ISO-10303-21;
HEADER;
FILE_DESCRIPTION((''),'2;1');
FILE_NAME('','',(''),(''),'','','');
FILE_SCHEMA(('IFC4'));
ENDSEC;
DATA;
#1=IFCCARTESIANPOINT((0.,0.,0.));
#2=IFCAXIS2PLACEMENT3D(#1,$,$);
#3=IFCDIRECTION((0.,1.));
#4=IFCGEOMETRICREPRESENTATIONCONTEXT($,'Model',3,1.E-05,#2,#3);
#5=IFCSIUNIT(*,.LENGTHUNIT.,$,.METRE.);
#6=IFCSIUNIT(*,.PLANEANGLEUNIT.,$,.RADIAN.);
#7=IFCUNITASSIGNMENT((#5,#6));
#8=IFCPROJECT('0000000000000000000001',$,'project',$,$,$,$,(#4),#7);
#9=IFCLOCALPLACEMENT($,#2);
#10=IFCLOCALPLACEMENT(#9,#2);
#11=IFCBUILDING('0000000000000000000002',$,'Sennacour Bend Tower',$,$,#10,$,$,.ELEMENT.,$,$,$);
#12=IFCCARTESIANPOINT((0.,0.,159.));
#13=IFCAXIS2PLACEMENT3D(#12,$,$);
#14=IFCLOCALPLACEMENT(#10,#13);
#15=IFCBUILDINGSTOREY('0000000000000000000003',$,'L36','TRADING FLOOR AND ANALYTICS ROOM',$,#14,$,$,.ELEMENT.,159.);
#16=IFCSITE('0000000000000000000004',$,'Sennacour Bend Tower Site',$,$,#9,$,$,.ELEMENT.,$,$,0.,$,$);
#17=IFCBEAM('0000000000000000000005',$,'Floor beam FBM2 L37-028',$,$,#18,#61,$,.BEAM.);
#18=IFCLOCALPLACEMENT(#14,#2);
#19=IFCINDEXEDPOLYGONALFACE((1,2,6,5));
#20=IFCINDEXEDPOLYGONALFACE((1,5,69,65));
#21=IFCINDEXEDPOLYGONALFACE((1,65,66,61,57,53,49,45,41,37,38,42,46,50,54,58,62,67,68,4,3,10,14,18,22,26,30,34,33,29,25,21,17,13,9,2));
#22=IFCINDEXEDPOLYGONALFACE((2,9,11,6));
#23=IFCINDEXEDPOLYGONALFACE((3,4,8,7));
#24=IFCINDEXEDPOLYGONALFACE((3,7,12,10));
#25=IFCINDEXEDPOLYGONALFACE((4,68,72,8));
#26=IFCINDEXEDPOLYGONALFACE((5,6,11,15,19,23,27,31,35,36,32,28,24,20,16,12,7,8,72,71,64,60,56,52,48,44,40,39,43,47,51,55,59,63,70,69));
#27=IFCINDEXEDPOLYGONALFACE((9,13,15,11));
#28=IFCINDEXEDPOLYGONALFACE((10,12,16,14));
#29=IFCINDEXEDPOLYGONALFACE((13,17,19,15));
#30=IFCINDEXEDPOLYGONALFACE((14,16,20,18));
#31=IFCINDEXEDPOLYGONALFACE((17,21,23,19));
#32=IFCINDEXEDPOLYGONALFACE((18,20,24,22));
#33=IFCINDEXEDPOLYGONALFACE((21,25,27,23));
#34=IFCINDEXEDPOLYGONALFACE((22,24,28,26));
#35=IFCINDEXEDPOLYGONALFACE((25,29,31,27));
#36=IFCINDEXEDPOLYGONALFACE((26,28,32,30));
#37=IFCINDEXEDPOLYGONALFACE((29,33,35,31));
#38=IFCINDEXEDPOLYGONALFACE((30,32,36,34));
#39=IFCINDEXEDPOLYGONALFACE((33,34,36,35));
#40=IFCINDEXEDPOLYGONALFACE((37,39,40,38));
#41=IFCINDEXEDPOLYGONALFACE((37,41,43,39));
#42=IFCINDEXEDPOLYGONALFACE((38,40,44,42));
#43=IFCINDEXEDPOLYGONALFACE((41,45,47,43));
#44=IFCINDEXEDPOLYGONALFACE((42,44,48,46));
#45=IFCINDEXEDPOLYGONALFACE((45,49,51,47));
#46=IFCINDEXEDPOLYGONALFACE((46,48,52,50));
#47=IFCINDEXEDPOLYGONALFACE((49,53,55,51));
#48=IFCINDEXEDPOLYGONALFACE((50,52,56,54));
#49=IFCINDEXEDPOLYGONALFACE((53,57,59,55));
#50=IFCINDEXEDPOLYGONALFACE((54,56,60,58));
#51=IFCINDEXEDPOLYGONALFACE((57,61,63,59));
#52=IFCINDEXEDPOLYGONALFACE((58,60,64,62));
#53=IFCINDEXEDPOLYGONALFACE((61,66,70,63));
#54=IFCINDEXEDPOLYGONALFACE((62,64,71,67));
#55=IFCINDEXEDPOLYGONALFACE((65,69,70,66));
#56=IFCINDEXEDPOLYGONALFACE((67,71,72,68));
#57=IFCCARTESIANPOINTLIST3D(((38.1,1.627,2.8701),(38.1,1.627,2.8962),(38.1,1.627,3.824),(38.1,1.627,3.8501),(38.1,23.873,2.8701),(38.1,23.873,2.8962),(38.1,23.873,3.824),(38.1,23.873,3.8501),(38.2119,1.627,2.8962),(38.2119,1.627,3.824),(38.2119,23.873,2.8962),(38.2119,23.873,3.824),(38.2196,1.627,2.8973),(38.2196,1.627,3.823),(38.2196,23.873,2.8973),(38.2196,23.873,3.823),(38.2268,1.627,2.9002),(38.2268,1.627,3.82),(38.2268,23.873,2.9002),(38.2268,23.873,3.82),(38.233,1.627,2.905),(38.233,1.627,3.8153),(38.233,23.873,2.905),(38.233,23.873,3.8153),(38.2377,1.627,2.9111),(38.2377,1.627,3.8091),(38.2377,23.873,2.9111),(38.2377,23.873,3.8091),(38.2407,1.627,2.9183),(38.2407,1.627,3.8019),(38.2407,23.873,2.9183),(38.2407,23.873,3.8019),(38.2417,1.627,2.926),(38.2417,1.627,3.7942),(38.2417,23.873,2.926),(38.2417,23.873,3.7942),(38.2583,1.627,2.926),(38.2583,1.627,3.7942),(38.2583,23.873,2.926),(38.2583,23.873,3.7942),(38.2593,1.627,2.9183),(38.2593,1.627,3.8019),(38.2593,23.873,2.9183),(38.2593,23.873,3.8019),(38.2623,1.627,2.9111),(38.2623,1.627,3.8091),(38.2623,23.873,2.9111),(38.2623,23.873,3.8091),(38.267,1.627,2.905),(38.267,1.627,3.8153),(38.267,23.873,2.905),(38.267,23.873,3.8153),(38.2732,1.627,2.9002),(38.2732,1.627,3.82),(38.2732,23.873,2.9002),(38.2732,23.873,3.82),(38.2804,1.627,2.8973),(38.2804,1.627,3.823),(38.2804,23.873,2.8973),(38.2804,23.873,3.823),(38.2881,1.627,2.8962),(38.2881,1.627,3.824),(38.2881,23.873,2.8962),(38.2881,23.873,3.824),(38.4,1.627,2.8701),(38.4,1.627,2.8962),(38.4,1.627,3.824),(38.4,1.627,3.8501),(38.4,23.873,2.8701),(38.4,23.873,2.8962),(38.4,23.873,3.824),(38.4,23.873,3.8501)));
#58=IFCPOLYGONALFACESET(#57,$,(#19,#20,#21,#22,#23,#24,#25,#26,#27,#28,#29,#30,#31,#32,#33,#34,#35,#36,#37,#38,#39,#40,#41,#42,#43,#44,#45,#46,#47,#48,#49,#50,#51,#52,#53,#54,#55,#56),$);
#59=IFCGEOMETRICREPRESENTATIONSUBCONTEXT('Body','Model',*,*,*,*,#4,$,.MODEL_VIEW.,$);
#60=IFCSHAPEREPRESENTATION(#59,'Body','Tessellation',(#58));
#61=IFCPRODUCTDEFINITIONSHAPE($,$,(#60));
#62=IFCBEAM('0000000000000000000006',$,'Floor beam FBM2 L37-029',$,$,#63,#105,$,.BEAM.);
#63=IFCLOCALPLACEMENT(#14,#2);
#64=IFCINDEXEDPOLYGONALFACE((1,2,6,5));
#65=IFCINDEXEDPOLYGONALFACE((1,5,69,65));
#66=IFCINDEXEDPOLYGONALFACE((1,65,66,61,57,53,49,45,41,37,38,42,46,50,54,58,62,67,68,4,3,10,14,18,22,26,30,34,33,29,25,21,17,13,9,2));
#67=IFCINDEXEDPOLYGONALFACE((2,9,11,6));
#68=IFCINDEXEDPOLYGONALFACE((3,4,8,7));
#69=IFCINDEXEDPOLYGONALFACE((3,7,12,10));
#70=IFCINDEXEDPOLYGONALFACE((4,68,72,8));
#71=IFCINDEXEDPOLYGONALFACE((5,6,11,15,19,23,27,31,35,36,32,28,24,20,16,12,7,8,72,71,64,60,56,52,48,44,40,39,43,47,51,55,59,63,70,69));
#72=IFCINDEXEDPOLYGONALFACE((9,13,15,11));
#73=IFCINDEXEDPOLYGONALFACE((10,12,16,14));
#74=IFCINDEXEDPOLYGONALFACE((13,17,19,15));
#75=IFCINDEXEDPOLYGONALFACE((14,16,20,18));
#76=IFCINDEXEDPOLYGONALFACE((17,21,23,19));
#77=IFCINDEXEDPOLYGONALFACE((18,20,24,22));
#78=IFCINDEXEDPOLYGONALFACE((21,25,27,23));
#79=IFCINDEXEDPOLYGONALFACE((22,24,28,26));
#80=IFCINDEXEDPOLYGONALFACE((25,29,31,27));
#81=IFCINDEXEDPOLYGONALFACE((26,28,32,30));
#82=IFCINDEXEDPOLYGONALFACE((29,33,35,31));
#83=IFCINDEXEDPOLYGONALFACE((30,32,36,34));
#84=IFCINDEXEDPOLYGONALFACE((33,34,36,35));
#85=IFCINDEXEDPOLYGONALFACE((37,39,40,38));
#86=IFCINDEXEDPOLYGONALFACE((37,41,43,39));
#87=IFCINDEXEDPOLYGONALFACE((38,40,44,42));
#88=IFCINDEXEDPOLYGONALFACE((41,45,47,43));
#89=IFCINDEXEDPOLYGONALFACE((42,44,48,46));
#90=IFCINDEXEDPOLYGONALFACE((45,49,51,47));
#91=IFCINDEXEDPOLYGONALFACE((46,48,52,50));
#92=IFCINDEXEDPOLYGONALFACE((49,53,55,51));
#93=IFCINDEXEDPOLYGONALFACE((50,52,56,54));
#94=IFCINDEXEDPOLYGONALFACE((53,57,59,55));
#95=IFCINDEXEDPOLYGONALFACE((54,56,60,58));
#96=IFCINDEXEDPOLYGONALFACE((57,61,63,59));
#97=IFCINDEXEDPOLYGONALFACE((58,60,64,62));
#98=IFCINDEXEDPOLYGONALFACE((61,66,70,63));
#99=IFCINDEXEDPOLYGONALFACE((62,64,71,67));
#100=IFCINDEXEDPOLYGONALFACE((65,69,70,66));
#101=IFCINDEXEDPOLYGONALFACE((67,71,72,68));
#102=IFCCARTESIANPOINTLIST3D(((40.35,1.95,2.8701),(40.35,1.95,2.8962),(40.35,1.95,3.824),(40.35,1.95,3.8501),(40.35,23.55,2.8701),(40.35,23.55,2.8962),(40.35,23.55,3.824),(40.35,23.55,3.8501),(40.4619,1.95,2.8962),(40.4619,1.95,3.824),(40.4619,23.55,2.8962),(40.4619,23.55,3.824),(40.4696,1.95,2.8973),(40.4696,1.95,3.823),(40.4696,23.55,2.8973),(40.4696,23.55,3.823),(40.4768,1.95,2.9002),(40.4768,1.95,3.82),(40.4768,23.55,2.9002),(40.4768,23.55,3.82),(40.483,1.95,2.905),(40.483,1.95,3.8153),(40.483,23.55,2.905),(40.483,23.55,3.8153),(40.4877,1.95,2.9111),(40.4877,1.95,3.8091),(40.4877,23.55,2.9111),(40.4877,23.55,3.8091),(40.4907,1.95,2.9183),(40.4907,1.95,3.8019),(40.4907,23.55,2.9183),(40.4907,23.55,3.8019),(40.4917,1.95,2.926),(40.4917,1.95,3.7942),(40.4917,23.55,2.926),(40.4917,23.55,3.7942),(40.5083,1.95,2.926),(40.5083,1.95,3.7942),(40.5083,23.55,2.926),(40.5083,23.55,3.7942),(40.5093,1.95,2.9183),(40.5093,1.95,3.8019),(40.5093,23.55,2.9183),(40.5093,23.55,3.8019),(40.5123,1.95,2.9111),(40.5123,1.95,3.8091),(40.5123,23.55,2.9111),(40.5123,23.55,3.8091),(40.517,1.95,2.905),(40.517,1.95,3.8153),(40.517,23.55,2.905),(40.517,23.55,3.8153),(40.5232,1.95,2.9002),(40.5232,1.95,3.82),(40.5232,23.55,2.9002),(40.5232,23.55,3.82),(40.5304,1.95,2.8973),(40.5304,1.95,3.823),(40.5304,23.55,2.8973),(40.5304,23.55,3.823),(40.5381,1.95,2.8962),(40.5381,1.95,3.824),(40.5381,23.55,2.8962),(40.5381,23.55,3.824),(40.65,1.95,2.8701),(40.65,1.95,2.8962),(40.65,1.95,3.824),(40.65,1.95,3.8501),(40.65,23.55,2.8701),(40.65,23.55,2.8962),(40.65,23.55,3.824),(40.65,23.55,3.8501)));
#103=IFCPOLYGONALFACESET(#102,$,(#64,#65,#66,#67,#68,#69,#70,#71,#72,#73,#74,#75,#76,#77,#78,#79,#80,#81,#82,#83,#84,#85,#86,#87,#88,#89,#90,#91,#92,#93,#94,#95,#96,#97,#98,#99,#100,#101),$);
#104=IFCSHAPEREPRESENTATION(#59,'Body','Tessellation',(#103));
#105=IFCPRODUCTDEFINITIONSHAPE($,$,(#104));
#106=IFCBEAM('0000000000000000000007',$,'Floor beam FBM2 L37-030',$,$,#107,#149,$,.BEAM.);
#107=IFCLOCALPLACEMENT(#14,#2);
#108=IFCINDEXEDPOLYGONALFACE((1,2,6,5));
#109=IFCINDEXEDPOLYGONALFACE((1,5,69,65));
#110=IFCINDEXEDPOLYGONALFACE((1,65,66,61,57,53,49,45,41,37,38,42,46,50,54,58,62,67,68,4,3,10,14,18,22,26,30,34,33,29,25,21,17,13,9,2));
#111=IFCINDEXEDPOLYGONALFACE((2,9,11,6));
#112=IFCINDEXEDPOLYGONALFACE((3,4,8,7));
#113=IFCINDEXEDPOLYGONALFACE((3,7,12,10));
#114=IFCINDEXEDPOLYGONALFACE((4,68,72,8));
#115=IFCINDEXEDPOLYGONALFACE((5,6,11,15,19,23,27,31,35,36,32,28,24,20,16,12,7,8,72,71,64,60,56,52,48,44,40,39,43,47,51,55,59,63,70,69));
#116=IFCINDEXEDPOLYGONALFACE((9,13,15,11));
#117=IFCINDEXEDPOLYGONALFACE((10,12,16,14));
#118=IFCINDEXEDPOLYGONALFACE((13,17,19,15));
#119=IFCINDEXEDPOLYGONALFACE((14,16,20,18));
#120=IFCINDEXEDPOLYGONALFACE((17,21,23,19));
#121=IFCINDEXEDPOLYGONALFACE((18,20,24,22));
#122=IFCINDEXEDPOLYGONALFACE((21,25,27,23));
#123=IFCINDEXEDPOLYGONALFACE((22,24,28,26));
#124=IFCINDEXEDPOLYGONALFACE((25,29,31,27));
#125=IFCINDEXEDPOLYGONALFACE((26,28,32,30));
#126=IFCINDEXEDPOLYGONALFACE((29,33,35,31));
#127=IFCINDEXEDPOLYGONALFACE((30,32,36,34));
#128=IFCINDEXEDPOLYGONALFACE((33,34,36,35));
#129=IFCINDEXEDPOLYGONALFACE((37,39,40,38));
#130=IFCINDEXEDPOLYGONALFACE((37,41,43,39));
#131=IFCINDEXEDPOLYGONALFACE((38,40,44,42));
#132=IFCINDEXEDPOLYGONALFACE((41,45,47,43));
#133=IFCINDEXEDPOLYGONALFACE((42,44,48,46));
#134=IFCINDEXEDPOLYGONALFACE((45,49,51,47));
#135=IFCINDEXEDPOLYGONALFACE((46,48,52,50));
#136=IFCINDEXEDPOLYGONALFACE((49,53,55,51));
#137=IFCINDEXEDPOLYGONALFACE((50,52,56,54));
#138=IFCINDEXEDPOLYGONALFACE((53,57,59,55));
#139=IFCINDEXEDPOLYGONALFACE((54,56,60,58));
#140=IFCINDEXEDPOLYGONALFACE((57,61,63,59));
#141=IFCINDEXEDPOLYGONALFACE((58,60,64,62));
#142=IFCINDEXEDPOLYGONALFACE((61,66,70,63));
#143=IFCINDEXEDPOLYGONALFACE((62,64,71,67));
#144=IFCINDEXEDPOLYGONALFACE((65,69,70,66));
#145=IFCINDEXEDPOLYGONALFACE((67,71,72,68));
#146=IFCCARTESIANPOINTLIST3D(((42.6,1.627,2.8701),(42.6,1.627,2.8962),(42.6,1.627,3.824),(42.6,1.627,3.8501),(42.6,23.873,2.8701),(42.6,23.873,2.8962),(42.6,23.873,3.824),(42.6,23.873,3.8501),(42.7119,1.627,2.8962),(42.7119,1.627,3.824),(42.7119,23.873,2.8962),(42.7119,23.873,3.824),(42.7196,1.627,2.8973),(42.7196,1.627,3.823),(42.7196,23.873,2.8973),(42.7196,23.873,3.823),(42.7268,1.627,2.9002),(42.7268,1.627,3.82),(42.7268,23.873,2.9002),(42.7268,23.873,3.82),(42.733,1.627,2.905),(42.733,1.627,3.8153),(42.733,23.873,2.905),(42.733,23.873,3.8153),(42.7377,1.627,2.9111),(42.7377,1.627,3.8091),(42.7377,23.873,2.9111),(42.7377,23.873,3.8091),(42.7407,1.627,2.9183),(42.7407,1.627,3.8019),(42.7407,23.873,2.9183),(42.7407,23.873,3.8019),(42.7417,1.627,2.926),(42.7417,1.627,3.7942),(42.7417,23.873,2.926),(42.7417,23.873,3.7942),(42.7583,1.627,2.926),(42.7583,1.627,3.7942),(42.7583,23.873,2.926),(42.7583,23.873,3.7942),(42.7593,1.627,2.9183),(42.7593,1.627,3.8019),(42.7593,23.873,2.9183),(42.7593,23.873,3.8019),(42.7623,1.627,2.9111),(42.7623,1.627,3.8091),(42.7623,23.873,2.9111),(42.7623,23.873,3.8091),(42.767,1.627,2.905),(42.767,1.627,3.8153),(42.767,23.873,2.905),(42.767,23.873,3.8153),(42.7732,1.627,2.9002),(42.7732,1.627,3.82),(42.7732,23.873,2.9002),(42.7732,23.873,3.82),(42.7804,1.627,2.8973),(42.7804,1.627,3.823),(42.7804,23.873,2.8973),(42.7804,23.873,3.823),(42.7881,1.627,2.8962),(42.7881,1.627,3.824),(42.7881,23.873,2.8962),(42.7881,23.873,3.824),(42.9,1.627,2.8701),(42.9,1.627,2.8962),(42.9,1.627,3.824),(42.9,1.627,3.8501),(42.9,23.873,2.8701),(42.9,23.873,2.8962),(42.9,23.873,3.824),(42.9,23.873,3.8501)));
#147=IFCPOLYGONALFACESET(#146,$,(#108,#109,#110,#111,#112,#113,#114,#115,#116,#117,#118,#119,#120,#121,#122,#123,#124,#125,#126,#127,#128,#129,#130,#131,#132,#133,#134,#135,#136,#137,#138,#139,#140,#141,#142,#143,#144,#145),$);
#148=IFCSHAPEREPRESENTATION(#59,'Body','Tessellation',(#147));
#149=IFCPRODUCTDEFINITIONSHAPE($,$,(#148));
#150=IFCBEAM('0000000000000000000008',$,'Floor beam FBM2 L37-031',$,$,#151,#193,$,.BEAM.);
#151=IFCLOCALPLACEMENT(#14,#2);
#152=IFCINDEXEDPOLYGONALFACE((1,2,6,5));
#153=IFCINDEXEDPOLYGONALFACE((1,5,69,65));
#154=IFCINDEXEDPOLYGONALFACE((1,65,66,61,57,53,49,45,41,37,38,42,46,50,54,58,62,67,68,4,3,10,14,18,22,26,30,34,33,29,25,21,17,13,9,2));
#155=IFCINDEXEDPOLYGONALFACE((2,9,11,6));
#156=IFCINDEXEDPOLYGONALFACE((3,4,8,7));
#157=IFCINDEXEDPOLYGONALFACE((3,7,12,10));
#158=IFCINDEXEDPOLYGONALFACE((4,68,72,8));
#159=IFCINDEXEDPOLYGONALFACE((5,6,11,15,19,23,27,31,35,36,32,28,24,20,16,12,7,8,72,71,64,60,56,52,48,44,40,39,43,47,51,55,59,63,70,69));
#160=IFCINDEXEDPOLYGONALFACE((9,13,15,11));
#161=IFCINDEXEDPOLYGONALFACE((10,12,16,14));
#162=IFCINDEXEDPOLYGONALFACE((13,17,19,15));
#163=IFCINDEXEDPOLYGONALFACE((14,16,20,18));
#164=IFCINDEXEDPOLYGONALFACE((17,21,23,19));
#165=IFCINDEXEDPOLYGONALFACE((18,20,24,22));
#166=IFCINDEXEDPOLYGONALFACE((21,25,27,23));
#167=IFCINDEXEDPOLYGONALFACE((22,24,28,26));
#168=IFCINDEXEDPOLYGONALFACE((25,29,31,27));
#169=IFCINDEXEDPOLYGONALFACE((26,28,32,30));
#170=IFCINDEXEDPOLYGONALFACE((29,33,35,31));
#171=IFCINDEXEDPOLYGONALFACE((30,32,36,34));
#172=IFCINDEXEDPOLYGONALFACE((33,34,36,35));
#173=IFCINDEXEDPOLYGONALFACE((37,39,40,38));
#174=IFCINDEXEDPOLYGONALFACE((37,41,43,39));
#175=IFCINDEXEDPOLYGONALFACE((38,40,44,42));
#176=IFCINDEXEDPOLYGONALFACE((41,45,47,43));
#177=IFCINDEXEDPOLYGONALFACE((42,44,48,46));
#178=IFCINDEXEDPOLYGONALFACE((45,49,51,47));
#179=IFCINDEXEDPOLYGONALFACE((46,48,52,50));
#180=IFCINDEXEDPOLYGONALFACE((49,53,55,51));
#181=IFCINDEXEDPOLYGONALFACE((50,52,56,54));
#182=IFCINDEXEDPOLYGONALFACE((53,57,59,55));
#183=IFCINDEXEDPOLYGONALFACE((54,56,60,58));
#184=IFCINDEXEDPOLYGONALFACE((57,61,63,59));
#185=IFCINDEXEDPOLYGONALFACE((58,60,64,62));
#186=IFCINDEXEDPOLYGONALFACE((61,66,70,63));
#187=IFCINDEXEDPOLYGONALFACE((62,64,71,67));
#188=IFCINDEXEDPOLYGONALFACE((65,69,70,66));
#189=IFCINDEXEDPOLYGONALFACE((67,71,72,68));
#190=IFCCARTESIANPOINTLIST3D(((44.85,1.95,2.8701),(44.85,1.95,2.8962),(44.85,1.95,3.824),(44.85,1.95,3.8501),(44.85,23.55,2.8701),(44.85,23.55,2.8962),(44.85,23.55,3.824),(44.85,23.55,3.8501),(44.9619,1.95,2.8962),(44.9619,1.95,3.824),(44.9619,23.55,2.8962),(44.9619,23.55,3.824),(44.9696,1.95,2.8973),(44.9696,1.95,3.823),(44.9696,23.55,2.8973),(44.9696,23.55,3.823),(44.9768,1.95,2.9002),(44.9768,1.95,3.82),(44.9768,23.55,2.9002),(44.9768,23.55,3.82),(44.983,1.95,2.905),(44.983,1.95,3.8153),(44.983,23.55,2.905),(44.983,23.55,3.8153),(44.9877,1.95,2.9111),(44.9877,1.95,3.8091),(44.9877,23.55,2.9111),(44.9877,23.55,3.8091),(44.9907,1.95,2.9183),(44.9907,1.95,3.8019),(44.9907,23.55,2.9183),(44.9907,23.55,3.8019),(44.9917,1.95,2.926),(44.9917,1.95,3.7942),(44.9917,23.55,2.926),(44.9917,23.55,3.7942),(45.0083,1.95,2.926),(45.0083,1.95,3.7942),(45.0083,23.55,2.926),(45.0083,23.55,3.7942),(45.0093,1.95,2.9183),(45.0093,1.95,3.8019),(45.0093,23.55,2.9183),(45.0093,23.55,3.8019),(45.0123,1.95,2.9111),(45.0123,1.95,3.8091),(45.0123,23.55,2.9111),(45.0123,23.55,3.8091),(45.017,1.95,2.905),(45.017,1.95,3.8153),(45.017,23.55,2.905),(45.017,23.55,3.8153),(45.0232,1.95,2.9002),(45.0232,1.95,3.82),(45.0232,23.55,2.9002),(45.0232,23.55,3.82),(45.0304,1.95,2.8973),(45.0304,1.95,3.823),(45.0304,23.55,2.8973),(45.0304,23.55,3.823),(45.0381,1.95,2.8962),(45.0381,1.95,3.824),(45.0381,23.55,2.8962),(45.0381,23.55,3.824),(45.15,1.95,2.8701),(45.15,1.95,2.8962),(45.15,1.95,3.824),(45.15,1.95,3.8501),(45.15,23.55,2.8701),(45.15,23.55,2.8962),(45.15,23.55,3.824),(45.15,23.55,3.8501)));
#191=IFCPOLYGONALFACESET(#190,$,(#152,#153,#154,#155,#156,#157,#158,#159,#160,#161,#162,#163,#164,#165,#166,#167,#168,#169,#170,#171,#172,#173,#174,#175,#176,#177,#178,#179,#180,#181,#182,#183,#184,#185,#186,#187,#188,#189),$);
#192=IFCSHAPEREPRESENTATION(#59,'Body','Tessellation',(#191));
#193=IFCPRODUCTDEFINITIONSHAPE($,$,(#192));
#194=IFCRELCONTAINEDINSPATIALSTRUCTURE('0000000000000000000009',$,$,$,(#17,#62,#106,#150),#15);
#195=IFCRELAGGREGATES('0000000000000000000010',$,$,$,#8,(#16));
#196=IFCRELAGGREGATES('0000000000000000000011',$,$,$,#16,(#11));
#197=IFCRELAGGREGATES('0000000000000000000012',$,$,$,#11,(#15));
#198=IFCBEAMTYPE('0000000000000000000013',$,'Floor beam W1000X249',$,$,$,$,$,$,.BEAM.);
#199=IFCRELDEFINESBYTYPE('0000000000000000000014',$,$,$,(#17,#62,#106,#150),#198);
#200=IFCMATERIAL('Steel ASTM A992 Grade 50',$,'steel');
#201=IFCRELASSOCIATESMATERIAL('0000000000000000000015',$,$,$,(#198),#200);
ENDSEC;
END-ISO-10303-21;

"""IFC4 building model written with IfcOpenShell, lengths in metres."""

from ifc_helpers import new_model, si_unit, direction, frame, origin, origin_2d, place, context, subcontext, project, spatial, i_section, extrude, material, material_profile, profile_set, type_object, element, save


model = new_model("IFC4")

# Units and contexts
model_context = context("Model", 3, precision=1e-05, world=origin(), true_north=direction((0.0, 1.0)))
body_context = subcontext(model_context, "Body", "Model", "MODEL_VIEW")
ifc_project = project(units=[si_unit("LENGTHUNIT", "METRE"), si_unit("PLANEANGLEUNIT", "RADIAN")], contexts=[model_context])

# Site, building, storey
site_placement = place(None, origin())
site = spatial("IfcSite", under=ifc_project, at=site_placement, Name="Sennacour Bend Tower Site", CompositionType="ELEMENT", RefElevation=0.0)
building_placement = place(site_placement, origin())
building = spatial("IfcBuilding", under=site, at=building_placement, Name="Sennacour Bend Tower", CompositionType="ELEMENT")
storey_placement = place(building_placement, frame((0.0, 0.0, 159.0)))
storey = spatial("IfcBuildingStorey", under=building, at=storey_placement, Name="L36", Description="TRADING FLOOR AND ANALYTICS ROOM", CompositionType="ELEMENT", Elevation=159.0)

# Beams
ifc_material_1 = material(Name="Steel ASTM A992 Grade 50", Category="steel")
ifc_material_profile_1 = material_profile(ifc_material_1, i_section(OverallWidth=0.3, OverallDepth=0.98, WebThickness=0.0166, FlangeThickness=0.0261, FilletRadius=0.0298, at=origin_2d()), Name="Steel ASTM A992 Grade 50", Category="steel")
ifc_profile_set_1 = profile_set([ifc_material_profile_1], Name="Steel ASTM A992 Grade 50")
beam_type_1 = type_object("IfcBeamType", Name="Floor beam W1000X249", PredefinedType="BEAM", material=ifc_profile_set_1)
beam_1_placement = place(storey_placement, frame((38.25, 1.627, 3.3601), z_axis=(0.0, 1.0, 0.0), x_axis=(-1.0, 0.0, 0.0)))
element("IfcBeam", 1, at=beam_1_placement, inside=storey, type_object=beam_type_1, Name="Floor beam FBM2 L37-028", PredefinedType="BEAM", context=body_context, shape_type="SweptSolid", body=[
    extrude(i_section(OverallWidth=0.3, OverallDepth=0.98, WebThickness=0.0166, FlangeThickness=0.0261, FilletRadius=0.0298, at=origin_2d()), origin(), (0.0, 0.0, 1.0), 22.2461),
])
beam_2_placement = place(storey_placement, frame((40.5, 1.95, 3.3601), z_axis=(0.0, 1.0, 0.0), x_axis=(-1.0, 0.0, 0.0)))
element("IfcBeam", 2, at=beam_2_placement, inside=storey, type_object=beam_type_1, Name="Floor beam FBM2 L37-029", PredefinedType="BEAM", context=body_context, shape_type="SweptSolid", body=[
    extrude(i_section(OverallWidth=0.3, OverallDepth=0.98, WebThickness=0.0166, FlangeThickness=0.0261, FilletRadius=0.0298, at=origin_2d()), origin(), (0.0, 0.0, 1.0), 21.6001),
])
beam_3_placement = place(storey_placement, frame((42.75, 1.627, 3.3601), z_axis=(0.0, 1.0, 0.0), x_axis=(-1.0, 0.0, 0.0)))
element("IfcBeam", 3, at=beam_3_placement, inside=storey, type_object=beam_type_1, Name="Floor beam FBM2 L37-030", PredefinedType="BEAM", context=body_context, shape_type="SweptSolid", body=[
    extrude(i_section(OverallWidth=0.3, OverallDepth=0.98, WebThickness=0.0166, FlangeThickness=0.0261, FilletRadius=0.0298, at=origin_2d()), origin(), (0.0, 0.0, 1.0), 22.2461),
])
beam_4_placement = place(storey_placement, frame((45.0, 1.95, 3.3601), z_axis=(0.0, 1.0, 0.0), x_axis=(-1.0, 0.0, 0.0)))
element("IfcBeam", 4, at=beam_4_placement, inside=storey, type_object=beam_type_1, Name="Floor beam FBM2 L37-031", PredefinedType="BEAM", context=body_context, shape_type="SweptSolid", body=[
    extrude(i_section(OverallWidth=0.3, OverallDepth=0.98, WebThickness=0.0166, FlangeThickness=0.0261, FilletRadius=0.0298, at=origin_2d()), origin(), (0.0, 0.0, 1.0), 21.6001),
])

save(model, "model.ifc")
